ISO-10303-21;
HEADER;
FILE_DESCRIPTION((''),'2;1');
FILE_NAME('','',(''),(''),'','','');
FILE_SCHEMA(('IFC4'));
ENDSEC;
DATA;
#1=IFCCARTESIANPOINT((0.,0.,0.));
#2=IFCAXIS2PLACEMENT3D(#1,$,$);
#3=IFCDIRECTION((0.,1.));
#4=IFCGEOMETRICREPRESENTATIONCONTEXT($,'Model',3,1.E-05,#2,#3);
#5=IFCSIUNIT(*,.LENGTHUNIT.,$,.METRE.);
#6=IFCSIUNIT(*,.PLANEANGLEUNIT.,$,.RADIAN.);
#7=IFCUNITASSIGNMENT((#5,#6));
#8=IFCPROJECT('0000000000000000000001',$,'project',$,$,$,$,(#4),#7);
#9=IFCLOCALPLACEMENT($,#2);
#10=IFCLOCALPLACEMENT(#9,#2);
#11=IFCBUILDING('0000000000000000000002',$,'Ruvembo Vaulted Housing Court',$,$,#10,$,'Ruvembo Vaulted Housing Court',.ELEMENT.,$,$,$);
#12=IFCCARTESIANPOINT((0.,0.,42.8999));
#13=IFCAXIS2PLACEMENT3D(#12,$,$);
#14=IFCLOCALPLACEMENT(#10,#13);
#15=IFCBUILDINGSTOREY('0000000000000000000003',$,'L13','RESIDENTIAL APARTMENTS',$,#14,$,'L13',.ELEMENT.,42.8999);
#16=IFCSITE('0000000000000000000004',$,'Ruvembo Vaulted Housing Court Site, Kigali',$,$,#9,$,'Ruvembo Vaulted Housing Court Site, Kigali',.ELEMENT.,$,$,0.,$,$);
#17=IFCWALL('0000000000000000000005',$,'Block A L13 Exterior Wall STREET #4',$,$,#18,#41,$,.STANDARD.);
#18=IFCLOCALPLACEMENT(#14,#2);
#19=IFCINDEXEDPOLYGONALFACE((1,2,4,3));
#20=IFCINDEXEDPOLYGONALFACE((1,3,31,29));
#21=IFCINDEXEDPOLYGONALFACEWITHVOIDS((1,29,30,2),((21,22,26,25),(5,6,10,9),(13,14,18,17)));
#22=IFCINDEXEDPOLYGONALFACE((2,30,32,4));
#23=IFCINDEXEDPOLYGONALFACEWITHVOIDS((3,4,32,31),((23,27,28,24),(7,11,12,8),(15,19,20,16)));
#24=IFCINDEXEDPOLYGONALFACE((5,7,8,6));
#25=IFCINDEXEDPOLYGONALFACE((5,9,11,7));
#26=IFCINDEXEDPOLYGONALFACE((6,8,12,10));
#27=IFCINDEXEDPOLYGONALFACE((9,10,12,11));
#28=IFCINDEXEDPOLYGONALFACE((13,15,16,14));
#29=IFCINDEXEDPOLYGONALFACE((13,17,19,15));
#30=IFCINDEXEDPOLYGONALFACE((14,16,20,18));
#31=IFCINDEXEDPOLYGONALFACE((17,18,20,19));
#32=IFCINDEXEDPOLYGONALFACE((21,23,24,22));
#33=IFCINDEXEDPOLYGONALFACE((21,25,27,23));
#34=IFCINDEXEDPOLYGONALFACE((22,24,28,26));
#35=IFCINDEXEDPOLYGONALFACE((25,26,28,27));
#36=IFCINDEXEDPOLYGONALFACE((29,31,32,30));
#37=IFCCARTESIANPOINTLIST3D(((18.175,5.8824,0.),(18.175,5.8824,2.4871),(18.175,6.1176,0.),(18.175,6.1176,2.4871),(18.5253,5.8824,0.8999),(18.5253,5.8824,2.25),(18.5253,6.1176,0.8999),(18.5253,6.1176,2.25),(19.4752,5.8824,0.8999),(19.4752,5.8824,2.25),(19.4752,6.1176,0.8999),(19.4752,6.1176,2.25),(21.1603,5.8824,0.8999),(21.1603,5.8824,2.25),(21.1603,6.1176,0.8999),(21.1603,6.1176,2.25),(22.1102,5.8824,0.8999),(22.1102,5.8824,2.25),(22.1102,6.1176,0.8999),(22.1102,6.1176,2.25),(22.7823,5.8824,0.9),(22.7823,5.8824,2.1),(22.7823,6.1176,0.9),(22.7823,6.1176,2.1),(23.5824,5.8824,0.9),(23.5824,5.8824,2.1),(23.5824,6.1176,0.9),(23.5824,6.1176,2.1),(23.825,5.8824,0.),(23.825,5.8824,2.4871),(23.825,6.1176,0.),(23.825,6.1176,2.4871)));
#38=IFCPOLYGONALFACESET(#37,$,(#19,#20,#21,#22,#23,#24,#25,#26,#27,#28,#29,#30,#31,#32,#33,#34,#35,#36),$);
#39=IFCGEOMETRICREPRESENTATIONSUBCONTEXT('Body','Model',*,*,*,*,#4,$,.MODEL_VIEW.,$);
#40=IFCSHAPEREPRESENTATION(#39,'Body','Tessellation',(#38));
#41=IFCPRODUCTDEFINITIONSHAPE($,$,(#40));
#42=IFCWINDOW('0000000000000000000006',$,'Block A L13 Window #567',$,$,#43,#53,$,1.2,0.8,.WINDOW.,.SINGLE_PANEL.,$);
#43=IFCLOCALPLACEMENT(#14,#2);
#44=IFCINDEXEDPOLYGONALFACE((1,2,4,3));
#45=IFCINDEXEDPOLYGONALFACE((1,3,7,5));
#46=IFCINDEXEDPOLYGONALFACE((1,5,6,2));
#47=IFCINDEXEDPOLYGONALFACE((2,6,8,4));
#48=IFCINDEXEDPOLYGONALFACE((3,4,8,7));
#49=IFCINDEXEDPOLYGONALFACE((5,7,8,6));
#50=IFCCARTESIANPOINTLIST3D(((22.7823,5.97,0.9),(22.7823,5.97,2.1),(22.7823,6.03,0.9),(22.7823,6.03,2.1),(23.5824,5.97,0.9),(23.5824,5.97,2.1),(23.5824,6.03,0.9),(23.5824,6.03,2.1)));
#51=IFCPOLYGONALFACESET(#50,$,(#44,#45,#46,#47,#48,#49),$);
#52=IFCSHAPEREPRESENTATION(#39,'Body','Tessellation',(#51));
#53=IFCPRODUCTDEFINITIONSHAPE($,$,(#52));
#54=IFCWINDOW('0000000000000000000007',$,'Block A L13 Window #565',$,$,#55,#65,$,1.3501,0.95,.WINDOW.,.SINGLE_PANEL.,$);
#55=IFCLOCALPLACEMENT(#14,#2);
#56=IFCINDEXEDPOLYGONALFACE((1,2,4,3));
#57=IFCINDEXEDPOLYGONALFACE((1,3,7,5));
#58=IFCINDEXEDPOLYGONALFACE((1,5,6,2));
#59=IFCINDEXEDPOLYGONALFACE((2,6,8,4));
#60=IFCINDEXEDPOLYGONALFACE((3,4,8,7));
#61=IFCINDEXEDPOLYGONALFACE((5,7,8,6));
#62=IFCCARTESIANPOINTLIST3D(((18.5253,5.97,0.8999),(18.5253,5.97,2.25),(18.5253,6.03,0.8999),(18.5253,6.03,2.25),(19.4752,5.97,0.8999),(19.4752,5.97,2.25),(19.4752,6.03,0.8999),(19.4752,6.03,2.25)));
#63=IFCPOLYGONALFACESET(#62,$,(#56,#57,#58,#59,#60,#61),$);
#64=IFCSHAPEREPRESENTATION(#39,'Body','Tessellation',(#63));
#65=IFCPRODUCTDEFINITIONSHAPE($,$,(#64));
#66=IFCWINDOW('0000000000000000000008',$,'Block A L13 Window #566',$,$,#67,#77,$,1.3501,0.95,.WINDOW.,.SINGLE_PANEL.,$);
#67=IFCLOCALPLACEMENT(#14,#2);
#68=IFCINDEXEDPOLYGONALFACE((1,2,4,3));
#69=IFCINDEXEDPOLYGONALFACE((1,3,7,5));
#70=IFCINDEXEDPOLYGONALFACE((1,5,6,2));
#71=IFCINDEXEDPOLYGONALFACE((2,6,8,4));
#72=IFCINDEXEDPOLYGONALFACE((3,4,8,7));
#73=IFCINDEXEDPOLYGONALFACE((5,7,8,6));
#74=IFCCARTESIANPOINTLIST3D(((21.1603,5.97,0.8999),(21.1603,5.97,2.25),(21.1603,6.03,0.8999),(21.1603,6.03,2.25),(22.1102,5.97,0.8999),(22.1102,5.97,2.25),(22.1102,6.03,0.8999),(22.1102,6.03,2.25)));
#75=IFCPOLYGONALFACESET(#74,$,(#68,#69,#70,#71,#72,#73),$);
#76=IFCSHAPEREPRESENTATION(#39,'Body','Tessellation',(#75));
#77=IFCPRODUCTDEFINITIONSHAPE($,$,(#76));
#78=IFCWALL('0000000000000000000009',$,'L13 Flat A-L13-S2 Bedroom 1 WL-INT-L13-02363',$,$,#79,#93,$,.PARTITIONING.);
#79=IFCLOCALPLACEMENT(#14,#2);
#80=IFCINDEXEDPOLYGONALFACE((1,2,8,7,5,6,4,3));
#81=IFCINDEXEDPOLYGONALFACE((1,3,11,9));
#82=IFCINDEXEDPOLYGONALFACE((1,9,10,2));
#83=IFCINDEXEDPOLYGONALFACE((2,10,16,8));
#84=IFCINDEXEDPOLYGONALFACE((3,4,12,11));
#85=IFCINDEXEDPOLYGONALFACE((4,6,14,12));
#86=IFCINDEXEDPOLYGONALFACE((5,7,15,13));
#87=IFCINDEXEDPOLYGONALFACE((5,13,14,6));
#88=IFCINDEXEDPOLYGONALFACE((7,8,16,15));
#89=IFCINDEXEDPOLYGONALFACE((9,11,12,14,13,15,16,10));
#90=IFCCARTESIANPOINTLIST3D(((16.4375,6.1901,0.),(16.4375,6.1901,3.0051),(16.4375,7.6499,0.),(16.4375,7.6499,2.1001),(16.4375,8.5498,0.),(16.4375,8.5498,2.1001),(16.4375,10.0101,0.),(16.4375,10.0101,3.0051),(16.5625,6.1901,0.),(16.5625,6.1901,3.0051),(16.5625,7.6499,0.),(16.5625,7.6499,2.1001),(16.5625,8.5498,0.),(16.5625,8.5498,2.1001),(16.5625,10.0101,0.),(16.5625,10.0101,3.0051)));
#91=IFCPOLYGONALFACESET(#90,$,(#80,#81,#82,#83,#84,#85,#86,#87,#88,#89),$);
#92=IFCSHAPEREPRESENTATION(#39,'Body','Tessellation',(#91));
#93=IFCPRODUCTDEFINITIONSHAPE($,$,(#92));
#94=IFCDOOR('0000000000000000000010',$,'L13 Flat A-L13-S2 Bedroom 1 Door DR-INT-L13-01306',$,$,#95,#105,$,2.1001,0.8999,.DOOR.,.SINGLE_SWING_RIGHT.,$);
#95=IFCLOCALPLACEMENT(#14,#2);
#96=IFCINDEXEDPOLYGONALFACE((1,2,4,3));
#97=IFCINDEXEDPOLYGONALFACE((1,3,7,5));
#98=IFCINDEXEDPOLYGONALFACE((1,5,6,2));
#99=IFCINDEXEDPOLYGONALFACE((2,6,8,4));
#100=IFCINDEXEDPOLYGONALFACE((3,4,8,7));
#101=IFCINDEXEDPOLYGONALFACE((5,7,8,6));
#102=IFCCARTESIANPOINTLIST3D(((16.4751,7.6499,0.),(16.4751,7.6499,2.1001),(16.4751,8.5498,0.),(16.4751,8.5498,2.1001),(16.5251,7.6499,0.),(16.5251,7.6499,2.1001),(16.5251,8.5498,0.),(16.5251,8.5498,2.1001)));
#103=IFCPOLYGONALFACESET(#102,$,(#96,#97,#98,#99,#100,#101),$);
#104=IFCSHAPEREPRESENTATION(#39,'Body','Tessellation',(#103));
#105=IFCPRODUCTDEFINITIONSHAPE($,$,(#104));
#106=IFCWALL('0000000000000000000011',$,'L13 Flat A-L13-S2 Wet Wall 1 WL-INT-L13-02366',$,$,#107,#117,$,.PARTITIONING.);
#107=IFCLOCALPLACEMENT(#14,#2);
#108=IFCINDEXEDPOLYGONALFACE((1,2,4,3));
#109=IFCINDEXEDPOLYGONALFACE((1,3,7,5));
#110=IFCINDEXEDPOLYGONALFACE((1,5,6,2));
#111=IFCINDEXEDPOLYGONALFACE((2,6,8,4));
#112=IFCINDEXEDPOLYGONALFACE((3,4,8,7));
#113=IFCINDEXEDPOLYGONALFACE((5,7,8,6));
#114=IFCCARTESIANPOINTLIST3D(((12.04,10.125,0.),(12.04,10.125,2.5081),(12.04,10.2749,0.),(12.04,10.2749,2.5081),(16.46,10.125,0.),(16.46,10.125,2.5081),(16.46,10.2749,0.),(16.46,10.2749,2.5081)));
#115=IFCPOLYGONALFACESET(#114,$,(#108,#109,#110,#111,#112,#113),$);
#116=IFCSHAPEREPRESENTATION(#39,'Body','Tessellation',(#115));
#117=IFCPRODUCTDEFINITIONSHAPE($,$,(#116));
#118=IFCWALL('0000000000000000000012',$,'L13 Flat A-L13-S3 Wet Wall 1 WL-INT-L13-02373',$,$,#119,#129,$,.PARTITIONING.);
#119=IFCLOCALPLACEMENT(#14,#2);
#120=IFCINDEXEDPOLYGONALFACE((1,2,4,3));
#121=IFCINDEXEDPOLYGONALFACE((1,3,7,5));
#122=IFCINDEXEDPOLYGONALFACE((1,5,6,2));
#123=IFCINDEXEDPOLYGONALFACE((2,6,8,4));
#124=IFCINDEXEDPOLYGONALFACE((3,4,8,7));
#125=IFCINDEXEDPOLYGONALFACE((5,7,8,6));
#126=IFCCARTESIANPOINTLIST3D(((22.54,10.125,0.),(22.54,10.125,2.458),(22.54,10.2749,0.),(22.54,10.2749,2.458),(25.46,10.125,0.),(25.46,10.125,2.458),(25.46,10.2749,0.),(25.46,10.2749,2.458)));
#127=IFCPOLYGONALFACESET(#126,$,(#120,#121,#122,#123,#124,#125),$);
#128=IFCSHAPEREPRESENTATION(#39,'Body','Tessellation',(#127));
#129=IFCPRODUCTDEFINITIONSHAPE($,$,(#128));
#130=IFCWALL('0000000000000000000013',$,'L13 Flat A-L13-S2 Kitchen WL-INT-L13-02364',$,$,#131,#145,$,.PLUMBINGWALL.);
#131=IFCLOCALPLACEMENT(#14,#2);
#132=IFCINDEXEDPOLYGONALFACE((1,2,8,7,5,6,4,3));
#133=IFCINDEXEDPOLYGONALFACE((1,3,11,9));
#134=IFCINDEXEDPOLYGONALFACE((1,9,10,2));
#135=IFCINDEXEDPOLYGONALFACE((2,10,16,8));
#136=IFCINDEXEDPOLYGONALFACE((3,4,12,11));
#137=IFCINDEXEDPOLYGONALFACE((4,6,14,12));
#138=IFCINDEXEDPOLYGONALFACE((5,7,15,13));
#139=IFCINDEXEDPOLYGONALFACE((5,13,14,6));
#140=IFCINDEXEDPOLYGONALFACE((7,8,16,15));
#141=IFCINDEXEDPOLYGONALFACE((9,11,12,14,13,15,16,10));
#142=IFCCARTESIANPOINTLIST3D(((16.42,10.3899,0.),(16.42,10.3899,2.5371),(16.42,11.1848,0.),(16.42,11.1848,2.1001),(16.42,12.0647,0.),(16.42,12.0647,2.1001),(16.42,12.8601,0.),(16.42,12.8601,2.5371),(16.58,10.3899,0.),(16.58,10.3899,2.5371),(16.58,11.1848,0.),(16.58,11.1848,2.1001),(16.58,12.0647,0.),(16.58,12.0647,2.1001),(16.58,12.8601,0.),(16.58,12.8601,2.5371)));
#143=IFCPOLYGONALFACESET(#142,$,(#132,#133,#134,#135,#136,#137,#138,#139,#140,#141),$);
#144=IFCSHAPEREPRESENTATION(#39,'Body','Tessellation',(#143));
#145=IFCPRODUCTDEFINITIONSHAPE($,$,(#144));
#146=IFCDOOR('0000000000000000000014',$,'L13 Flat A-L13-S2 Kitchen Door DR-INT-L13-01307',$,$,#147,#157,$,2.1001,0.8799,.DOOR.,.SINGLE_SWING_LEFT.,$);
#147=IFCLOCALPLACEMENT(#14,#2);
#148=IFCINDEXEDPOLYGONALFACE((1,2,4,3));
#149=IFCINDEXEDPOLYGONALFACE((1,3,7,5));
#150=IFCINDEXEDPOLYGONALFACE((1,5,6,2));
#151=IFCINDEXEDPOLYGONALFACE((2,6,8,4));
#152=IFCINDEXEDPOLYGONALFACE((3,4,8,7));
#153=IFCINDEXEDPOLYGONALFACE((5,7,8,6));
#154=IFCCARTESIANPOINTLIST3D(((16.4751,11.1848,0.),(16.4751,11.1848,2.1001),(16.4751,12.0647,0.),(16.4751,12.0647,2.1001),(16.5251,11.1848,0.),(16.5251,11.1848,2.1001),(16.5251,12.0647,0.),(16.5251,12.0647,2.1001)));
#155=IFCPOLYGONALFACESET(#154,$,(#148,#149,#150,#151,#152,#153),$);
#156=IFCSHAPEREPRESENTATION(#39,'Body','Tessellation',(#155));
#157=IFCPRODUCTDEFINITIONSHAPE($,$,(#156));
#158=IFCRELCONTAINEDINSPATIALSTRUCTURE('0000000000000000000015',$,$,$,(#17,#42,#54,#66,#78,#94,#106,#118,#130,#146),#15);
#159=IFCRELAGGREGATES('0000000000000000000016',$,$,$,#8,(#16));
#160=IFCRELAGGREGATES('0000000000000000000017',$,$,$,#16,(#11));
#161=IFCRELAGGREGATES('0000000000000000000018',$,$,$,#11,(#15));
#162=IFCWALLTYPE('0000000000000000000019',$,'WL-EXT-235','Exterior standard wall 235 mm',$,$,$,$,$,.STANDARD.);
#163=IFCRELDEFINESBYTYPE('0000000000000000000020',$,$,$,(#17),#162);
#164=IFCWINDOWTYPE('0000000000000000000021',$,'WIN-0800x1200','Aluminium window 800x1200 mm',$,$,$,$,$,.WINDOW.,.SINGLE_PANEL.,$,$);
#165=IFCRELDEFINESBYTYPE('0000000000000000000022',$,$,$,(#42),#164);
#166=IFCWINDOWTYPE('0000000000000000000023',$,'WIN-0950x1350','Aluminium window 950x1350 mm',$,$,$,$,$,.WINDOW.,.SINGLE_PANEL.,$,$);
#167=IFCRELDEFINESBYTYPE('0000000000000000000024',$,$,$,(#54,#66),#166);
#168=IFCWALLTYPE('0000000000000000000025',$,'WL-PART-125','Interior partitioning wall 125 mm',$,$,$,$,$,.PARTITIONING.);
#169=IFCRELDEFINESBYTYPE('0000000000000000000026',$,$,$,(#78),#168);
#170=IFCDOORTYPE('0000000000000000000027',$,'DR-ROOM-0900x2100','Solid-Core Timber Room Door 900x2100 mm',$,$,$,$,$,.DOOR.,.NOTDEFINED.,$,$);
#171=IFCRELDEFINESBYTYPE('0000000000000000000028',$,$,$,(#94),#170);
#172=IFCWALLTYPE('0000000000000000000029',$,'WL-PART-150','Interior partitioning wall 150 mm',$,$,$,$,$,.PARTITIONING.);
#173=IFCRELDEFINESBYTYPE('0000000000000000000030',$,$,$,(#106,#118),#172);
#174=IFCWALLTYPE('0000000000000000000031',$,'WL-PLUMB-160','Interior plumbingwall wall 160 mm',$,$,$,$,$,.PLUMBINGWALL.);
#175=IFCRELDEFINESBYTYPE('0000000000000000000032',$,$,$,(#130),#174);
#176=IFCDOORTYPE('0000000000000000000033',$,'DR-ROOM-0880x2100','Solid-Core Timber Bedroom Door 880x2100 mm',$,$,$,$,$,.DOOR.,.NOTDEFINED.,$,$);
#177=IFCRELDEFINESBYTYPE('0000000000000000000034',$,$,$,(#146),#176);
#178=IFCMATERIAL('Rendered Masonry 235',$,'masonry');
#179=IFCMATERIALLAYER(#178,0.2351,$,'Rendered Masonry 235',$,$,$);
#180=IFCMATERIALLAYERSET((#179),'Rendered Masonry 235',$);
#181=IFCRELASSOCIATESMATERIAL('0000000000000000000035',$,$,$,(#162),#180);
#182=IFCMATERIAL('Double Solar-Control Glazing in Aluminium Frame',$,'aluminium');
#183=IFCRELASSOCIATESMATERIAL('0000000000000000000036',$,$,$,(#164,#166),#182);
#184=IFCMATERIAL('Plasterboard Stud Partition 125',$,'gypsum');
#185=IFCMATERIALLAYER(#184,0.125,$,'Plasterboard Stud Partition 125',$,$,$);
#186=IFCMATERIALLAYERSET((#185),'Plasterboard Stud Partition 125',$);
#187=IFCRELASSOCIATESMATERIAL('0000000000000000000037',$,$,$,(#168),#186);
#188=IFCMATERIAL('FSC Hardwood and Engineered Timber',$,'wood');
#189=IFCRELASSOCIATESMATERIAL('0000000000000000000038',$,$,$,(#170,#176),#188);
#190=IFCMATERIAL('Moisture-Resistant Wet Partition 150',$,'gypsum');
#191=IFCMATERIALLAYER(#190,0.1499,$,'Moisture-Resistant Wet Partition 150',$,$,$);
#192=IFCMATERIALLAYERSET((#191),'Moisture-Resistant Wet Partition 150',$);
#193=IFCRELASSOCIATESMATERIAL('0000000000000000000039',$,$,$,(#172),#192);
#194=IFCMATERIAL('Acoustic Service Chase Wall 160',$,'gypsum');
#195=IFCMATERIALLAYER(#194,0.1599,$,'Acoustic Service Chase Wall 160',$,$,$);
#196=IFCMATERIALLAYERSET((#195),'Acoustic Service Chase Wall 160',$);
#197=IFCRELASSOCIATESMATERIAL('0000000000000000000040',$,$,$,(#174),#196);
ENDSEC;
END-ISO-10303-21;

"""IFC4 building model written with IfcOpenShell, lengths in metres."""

from ifc_helpers import new_model, si_unit, direction, frame, frame_2d, origin, place, context, subcontext, project, spatial, rectangle, extrude, material, layer, layer_set, type_object, element, fill, save


model = new_model("IFC4")

# Units and contexts
model_context = context("Model", 3, precision=1e-05, world=origin(), true_north=direction((0.0, 1.0)))
body_context = subcontext(model_context, "Body", "Model", "MODEL_VIEW")
ifc_project = project(units=[si_unit("LENGTHUNIT", "METRE"), si_unit("PLANEANGLEUNIT", "RADIAN")], contexts=[model_context])

# Site, building, storey
site_placement = place(None, origin())
site = spatial("IfcSite", under=ifc_project, at=site_placement, Name="Ruvembo Vaulted Housing Court Site, Kigali", LongName="Ruvembo Vaulted Housing Court Site, Kigali", CompositionType="ELEMENT", RefElevation=0.0)
building_placement = place(site_placement, origin())
building = spatial("IfcBuilding", under=site, at=building_placement, Name="Ruvembo Vaulted Housing Court", LongName="Ruvembo Vaulted Housing Court", CompositionType="ELEMENT")
storey_placement = place(building_placement, frame((0.0, 0.0, 42.8999)))
storey = spatial("IfcBuildingStorey", under=building, at=storey_placement, Name="L13", Description="RESIDENTIAL APARTMENTS", LongName="L13", CompositionType="ELEMENT", Elevation=42.8999)

# Wall, openings, windows
ifc_material_1 = material(Name="Rendered Masonry 235", Category="masonry")
ifc_layer_1 = layer(ifc_material_1, 0.2351, Name="Rendered Masonry 235")
ifc_layer_set_1 = layer_set([ifc_layer_1], Name="Rendered Masonry 235")
wall_type_1 = type_object("IfcWallType", Name="WL-EXT-235", Description="Exterior standard wall 235 mm", PredefinedType="STANDARD", material=ifc_layer_set_1)
ifc_material_2 = material(Name="Double Solar-Control Glazing in Aluminium Frame", Category="aluminium")
wall_1_placement = place(storey_placement, frame((18.175, 6.0, 0.0), z_axis=(0.0, 0.0, 1.0), x_axis=(1.0, 0.0, 0.0)))
wall_1 = element("IfcWall", 1, at=wall_1_placement, inside=storey, type_object=wall_type_1, Name="Block A L13 Exterior Wall STREET #4", PredefinedType="STANDARD", context=body_context, shape_type="SweptSolid", body=[
    extrude(rectangle(XDim=5.6499, YDim=0.2351, at=frame_2d((2.825, 0.0))), origin(), (0.0, 0.0, 1.0), 2.4871),
])
opening_1_placement = place(wall_1_placement, frame((0.3501, 0.0, 0.8999)))
opening_1 = element("IfcOpeningElement", 2, at=opening_1_placement, cuts=wall_1, PredefinedType="OPENING", context=body_context, shape_type="SweptSolid", body=[
    extrude(rectangle(XDim=0.95, YDim=1.3501, at=frame_2d((0.4751, 0.675))), frame((0.0, 0.1274, 0.0), z_axis=(0.0, -1.0, 0.0), x_axis=(1.0, 0.0, 0.0)), (0.0, 0.0, 1.0), 0.2551),
])
opening_2_placement = place(wall_1_placement, frame((2.9851, 0.0, 0.8999)))
opening_2 = element("IfcOpeningElement", 3, at=opening_2_placement, cuts=wall_1, PredefinedType="OPENING", context=body_context, shape_type="SweptSolid", body=[
    extrude(rectangle(XDim=0.95, YDim=1.3501, at=frame_2d((0.4751, 0.675))), frame((0.0, 0.1274, 0.0), z_axis=(0.0, -1.0, 0.0), x_axis=(1.0, 0.0, 0.0)), (0.0, 0.0, 1.0), 0.2551),
])
opening_3_placement = place(wall_1_placement, frame((4.6074, 0.0, 0.8999)))
opening_3 = element("IfcOpeningElement", 4, at=opening_3_placement, cuts=wall_1, PredefinedType="OPENING", context=body_context, shape_type="SweptSolid", body=[
    extrude(rectangle(XDim=0.8, YDim=1.2, at=frame_2d((0.3999, 0.6001))), frame((0.0, 0.1274, 0.0), z_axis=(0.0, -1.0, 0.0), x_axis=(1.0, 0.0, 0.0)), (0.0, 0.0, 1.0), 0.2551),
])
window_type_1 = type_object("IfcWindowType", Name="WIN-0800x1200", Description="Aluminium window 800x1200 mm", PartitioningType="SINGLE_PANEL", PredefinedType="WINDOW", material=ifc_material_2)
window_1_placement = place(opening_3_placement, origin())
window_1 = element("IfcWindow", 5, at=window_1_placement, inside=storey, type_object=window_type_1, Name="Block A L13 Window #567", OverallHeight=1.2, OverallWidth=0.8, PartitioningType="SINGLE_PANEL", PredefinedType="WINDOW", context=body_context, shape_type="SweptSolid", body=[
    extrude(rectangle(XDim=0.8, YDim=1.2, at=frame_2d((0.3999, 0.6001))), frame((0.0, 0.03, 0.0), z_axis=(0.0, -1.0, 0.0), x_axis=(1.0, 0.0, 0.0)), (0.0, 0.0, 1.0), 0.0601),
])
fill(opening_3, window_1)
window_type_2 = type_object("IfcWindowType", Name="WIN-0950x1350", Description="Aluminium window 950x1350 mm", PartitioningType="SINGLE_PANEL", PredefinedType="WINDOW", material=ifc_material_2)
window_2_placement = place(opening_1_placement, origin())
window_2 = element("IfcWindow", 6, at=window_2_placement, inside=storey, type_object=window_type_2, Name="Block A L13 Window #565", OverallHeight=1.3501, OverallWidth=0.95, PartitioningType="SINGLE_PANEL", PredefinedType="WINDOW", context=body_context, shape_type="SweptSolid", body=[
    extrude(rectangle(XDim=0.95, YDim=1.3501, at=frame_2d((0.4751, 0.675))), frame((0.0, 0.03, 0.0), z_axis=(0.0, -1.0, 0.0), x_axis=(1.0, 0.0, 0.0)), (0.0, 0.0, 1.0), 0.0601),
])
fill(opening_1, window_2)
window_3_placement = place(opening_2_placement, origin())
window_3 = element("IfcWindow", 7, at=window_3_placement, inside=storey, type_object=window_type_2, Name="Block A L13 Window #566", OverallHeight=1.3501, OverallWidth=0.95, PartitioningType="SINGLE_PANEL", PredefinedType="WINDOW", context=body_context, shape_type="SweptSolid", body=[
    extrude(rectangle(XDim=0.95, YDim=1.3501, at=frame_2d((0.4751, 0.675))), frame((0.0, 0.03, 0.0), z_axis=(0.0, -1.0, 0.0), x_axis=(1.0, 0.0, 0.0)), (0.0, 0.0, 1.0), 0.0601),
])
fill(opening_2, window_3)

# Wall, opening, door
ifc_material_3 = material(Name="Plasterboard Stud Partition 125", Category="gypsum")
ifc_layer_2 = layer(ifc_material_3, 0.125, Name="Plasterboard Stud Partition 125")
ifc_layer_set_2 = layer_set([ifc_layer_2], Name="Plasterboard Stud Partition 125")
wall_type_2 = type_object("IfcWallType", Name="WL-PART-125", Description="Interior partitioning wall 125 mm", PredefinedType="PARTITIONING", material=ifc_layer_set_2)
wall_2_placement = place(storey_placement, frame((16.5, 6.1899, 0.0), z_axis=(0.0, 0.0, 1.0), x_axis=(0.0, 1.0, 0.0)))
wall_2 = element("IfcWall", 8, at=wall_2_placement, inside=storey, type_object=wall_type_2, Name="L13 Flat A-L13-S2 Bedroom 1 WL-INT-L13-02363", PredefinedType="PARTITIONING", context=body_context, shape_type="SweptSolid", body=[
    extrude(rectangle(XDim=3.8201, YDim=0.125, at=frame_2d((1.9102, 0.0))), origin(), (0.0, 0.0, 1.0), 3.0051),
])
opening_4_placement = place(wall_2_placement, frame((1.46, 0.0, 0.0)))
opening_4 = element("IfcOpeningElement", 9, at=opening_4_placement, cuts=wall_2, PredefinedType="OPENING", context=body_context, shape_type="SweptSolid", body=[
    extrude(rectangle(XDim=0.8999, YDim=2.1001, at=frame_2d((0.45, 1.05))), frame((0.0, 0.0725, 0.0), z_axis=(0.0, -1.0, 0.0), x_axis=(1.0, 0.0, 0.0)), (0.0, 0.0, 1.0), 0.145),
])
ifc_material_4 = material(Name="FSC Hardwood and Engineered Timber", Category="wood")
door_type_1 = type_object("IfcDoorType", Name="DR-ROOM-0900x2100", Description="Solid-Core Timber Room Door 900x2100 mm", OperationType="NOTDEFINED", PredefinedType="DOOR", material=ifc_material_4)
door_1_placement = place(opening_4_placement, origin())
door_1 = element("IfcDoor", 10, at=door_1_placement, inside=storey, type_object=door_type_1, Name="L13 Flat A-L13-S2 Bedroom 1 Door DR-INT-L13-01306", OperationType="SINGLE_SWING_RIGHT", OverallHeight=2.1001, OverallWidth=0.8999, PredefinedType="DOOR", context=body_context, shape_type="SweptSolid", body=[
    extrude(rectangle(XDim=0.8999, YDim=2.1001, at=frame_2d((0.45, 1.05))), frame((0.0, 0.0249, 0.0), z_axis=(0.0, -1.0, 0.0), x_axis=(1.0, 0.0, 0.0)), (0.0, 0.0, 1.0), 0.05),
])
fill(opening_4, door_1)

# Walls
ifc_material_5 = material(Name="Moisture-Resistant Wet Partition 150", Category="gypsum")
ifc_layer_3 = layer(ifc_material_5, 0.1499, Name="Moisture-Resistant Wet Partition 150")
ifc_layer_set_3 = layer_set([ifc_layer_3], Name="Moisture-Resistant Wet Partition 150")
wall_type_3 = type_object("IfcWallType", Name="WL-PART-150", Description="Interior partitioning wall 150 mm", PredefinedType="PARTITIONING", material=ifc_layer_set_3)
wall_3_placement = place(storey_placement, frame((12.04, 10.2, 0.0), z_axis=(0.0, 0.0, 1.0), x_axis=(1.0, 0.0, 0.0)))
element("IfcWall", 11, at=wall_3_placement, inside=storey, type_object=wall_type_3, Name="L13 Flat A-L13-S2 Wet Wall 1 WL-INT-L13-02366", PredefinedType="PARTITIONING", context=body_context, shape_type="SweptSolid", body=[
    extrude(rectangle(XDim=4.4199, YDim=0.1499, at=frame_2d((2.21, 0.0))), origin(), (0.0, 0.0, 1.0), 2.5081),
])
wall_4_placement = place(storey_placement, frame((22.54, 10.2, 0.0), z_axis=(0.0, 0.0, 1.0), x_axis=(1.0, 0.0, 0.0)))
element("IfcWall", 12, at=wall_4_placement, inside=storey, type_object=wall_type_3, Name="L13 Flat A-L13-S3 Wet Wall 1 WL-INT-L13-02373", PredefinedType="PARTITIONING", context=body_context, shape_type="SweptSolid", body=[
    extrude(rectangle(XDim=2.9199, YDim=0.1499, at=frame_2d((1.46, 0.0))), origin(), (0.0, 0.0, 1.0), 2.458),
])

# Wall, opening, door
ifc_material_6 = material(Name="Acoustic Service Chase Wall 160", Category="gypsum")
ifc_layer_4 = layer(ifc_material_6, 0.1599, Name="Acoustic Service Chase Wall 160")
ifc_layer_set_4 = layer_set([ifc_layer_4], Name="Acoustic Service Chase Wall 160")
wall_type_4 = type_object("IfcWallType", Name="WL-PLUMB-160", Description="Interior plumbingwall wall 160 mm", PredefinedType="PLUMBINGWALL", material=ifc_layer_set_4)
wall_5_placement = place(storey_placement, frame((16.5, 10.3899, 0.0), z_axis=(0.0, 0.0, 1.0), x_axis=(0.0, 1.0, 0.0)))
wall_5 = element("IfcWall", 13, at=wall_5_placement, inside=storey, type_object=wall_type_4, Name="L13 Flat A-L13-S2 Kitchen WL-INT-L13-02364", PredefinedType="PLUMBINGWALL", context=body_context, shape_type="SweptSolid", body=[
    extrude(rectangle(XDim=2.4702, YDim=0.1599, at=frame_2d((1.2351, 0.0))), origin(), (0.0, 0.0, 1.0), 2.5371),
])
opening_5_placement = place(wall_5_placement, frame((0.7949, 0.0, 0.0)))
opening_5 = element("IfcOpeningElement", 14, at=opening_5_placement, cuts=wall_5, PredefinedType="OPENING", context=body_context, shape_type="SweptSolid", body=[
    extrude(rectangle(XDim=0.8799, YDim=2.1001, at=frame_2d((0.4399, 1.05))), frame((0.0, 0.0898, 0.0), z_axis=(0.0, -1.0, 0.0), x_axis=(1.0, 0.0, 0.0)), (0.0, 0.0, 1.0), 0.1799),
])
door_type_2 = type_object("IfcDoorType", Name="DR-ROOM-0880x2100", Description="Solid-Core Timber Bedroom Door 880x2100 mm", OperationType="NOTDEFINED", PredefinedType="DOOR", material=ifc_material_4)
door_2_placement = place(opening_5_placement, origin())
door_2 = element("IfcDoor", 15, at=door_2_placement, inside=storey, type_object=door_type_2, Name="L13 Flat A-L13-S2 Kitchen Door DR-INT-L13-01307", OperationType="SINGLE_SWING_LEFT", OverallHeight=2.1001, OverallWidth=0.8799, PredefinedType="DOOR", context=body_context, shape_type="SweptSolid", body=[
    extrude(rectangle(XDim=0.8799, YDim=2.1001, at=frame_2d((0.4399, 1.05))), frame((0.0, 0.0249, 0.0), z_axis=(0.0, -1.0, 0.0), x_axis=(1.0, 0.0, 0.0)), (0.0, 0.0, 1.0), 0.05),
])
fill(opening_5, door_2)

save(model, "model.ifc")
